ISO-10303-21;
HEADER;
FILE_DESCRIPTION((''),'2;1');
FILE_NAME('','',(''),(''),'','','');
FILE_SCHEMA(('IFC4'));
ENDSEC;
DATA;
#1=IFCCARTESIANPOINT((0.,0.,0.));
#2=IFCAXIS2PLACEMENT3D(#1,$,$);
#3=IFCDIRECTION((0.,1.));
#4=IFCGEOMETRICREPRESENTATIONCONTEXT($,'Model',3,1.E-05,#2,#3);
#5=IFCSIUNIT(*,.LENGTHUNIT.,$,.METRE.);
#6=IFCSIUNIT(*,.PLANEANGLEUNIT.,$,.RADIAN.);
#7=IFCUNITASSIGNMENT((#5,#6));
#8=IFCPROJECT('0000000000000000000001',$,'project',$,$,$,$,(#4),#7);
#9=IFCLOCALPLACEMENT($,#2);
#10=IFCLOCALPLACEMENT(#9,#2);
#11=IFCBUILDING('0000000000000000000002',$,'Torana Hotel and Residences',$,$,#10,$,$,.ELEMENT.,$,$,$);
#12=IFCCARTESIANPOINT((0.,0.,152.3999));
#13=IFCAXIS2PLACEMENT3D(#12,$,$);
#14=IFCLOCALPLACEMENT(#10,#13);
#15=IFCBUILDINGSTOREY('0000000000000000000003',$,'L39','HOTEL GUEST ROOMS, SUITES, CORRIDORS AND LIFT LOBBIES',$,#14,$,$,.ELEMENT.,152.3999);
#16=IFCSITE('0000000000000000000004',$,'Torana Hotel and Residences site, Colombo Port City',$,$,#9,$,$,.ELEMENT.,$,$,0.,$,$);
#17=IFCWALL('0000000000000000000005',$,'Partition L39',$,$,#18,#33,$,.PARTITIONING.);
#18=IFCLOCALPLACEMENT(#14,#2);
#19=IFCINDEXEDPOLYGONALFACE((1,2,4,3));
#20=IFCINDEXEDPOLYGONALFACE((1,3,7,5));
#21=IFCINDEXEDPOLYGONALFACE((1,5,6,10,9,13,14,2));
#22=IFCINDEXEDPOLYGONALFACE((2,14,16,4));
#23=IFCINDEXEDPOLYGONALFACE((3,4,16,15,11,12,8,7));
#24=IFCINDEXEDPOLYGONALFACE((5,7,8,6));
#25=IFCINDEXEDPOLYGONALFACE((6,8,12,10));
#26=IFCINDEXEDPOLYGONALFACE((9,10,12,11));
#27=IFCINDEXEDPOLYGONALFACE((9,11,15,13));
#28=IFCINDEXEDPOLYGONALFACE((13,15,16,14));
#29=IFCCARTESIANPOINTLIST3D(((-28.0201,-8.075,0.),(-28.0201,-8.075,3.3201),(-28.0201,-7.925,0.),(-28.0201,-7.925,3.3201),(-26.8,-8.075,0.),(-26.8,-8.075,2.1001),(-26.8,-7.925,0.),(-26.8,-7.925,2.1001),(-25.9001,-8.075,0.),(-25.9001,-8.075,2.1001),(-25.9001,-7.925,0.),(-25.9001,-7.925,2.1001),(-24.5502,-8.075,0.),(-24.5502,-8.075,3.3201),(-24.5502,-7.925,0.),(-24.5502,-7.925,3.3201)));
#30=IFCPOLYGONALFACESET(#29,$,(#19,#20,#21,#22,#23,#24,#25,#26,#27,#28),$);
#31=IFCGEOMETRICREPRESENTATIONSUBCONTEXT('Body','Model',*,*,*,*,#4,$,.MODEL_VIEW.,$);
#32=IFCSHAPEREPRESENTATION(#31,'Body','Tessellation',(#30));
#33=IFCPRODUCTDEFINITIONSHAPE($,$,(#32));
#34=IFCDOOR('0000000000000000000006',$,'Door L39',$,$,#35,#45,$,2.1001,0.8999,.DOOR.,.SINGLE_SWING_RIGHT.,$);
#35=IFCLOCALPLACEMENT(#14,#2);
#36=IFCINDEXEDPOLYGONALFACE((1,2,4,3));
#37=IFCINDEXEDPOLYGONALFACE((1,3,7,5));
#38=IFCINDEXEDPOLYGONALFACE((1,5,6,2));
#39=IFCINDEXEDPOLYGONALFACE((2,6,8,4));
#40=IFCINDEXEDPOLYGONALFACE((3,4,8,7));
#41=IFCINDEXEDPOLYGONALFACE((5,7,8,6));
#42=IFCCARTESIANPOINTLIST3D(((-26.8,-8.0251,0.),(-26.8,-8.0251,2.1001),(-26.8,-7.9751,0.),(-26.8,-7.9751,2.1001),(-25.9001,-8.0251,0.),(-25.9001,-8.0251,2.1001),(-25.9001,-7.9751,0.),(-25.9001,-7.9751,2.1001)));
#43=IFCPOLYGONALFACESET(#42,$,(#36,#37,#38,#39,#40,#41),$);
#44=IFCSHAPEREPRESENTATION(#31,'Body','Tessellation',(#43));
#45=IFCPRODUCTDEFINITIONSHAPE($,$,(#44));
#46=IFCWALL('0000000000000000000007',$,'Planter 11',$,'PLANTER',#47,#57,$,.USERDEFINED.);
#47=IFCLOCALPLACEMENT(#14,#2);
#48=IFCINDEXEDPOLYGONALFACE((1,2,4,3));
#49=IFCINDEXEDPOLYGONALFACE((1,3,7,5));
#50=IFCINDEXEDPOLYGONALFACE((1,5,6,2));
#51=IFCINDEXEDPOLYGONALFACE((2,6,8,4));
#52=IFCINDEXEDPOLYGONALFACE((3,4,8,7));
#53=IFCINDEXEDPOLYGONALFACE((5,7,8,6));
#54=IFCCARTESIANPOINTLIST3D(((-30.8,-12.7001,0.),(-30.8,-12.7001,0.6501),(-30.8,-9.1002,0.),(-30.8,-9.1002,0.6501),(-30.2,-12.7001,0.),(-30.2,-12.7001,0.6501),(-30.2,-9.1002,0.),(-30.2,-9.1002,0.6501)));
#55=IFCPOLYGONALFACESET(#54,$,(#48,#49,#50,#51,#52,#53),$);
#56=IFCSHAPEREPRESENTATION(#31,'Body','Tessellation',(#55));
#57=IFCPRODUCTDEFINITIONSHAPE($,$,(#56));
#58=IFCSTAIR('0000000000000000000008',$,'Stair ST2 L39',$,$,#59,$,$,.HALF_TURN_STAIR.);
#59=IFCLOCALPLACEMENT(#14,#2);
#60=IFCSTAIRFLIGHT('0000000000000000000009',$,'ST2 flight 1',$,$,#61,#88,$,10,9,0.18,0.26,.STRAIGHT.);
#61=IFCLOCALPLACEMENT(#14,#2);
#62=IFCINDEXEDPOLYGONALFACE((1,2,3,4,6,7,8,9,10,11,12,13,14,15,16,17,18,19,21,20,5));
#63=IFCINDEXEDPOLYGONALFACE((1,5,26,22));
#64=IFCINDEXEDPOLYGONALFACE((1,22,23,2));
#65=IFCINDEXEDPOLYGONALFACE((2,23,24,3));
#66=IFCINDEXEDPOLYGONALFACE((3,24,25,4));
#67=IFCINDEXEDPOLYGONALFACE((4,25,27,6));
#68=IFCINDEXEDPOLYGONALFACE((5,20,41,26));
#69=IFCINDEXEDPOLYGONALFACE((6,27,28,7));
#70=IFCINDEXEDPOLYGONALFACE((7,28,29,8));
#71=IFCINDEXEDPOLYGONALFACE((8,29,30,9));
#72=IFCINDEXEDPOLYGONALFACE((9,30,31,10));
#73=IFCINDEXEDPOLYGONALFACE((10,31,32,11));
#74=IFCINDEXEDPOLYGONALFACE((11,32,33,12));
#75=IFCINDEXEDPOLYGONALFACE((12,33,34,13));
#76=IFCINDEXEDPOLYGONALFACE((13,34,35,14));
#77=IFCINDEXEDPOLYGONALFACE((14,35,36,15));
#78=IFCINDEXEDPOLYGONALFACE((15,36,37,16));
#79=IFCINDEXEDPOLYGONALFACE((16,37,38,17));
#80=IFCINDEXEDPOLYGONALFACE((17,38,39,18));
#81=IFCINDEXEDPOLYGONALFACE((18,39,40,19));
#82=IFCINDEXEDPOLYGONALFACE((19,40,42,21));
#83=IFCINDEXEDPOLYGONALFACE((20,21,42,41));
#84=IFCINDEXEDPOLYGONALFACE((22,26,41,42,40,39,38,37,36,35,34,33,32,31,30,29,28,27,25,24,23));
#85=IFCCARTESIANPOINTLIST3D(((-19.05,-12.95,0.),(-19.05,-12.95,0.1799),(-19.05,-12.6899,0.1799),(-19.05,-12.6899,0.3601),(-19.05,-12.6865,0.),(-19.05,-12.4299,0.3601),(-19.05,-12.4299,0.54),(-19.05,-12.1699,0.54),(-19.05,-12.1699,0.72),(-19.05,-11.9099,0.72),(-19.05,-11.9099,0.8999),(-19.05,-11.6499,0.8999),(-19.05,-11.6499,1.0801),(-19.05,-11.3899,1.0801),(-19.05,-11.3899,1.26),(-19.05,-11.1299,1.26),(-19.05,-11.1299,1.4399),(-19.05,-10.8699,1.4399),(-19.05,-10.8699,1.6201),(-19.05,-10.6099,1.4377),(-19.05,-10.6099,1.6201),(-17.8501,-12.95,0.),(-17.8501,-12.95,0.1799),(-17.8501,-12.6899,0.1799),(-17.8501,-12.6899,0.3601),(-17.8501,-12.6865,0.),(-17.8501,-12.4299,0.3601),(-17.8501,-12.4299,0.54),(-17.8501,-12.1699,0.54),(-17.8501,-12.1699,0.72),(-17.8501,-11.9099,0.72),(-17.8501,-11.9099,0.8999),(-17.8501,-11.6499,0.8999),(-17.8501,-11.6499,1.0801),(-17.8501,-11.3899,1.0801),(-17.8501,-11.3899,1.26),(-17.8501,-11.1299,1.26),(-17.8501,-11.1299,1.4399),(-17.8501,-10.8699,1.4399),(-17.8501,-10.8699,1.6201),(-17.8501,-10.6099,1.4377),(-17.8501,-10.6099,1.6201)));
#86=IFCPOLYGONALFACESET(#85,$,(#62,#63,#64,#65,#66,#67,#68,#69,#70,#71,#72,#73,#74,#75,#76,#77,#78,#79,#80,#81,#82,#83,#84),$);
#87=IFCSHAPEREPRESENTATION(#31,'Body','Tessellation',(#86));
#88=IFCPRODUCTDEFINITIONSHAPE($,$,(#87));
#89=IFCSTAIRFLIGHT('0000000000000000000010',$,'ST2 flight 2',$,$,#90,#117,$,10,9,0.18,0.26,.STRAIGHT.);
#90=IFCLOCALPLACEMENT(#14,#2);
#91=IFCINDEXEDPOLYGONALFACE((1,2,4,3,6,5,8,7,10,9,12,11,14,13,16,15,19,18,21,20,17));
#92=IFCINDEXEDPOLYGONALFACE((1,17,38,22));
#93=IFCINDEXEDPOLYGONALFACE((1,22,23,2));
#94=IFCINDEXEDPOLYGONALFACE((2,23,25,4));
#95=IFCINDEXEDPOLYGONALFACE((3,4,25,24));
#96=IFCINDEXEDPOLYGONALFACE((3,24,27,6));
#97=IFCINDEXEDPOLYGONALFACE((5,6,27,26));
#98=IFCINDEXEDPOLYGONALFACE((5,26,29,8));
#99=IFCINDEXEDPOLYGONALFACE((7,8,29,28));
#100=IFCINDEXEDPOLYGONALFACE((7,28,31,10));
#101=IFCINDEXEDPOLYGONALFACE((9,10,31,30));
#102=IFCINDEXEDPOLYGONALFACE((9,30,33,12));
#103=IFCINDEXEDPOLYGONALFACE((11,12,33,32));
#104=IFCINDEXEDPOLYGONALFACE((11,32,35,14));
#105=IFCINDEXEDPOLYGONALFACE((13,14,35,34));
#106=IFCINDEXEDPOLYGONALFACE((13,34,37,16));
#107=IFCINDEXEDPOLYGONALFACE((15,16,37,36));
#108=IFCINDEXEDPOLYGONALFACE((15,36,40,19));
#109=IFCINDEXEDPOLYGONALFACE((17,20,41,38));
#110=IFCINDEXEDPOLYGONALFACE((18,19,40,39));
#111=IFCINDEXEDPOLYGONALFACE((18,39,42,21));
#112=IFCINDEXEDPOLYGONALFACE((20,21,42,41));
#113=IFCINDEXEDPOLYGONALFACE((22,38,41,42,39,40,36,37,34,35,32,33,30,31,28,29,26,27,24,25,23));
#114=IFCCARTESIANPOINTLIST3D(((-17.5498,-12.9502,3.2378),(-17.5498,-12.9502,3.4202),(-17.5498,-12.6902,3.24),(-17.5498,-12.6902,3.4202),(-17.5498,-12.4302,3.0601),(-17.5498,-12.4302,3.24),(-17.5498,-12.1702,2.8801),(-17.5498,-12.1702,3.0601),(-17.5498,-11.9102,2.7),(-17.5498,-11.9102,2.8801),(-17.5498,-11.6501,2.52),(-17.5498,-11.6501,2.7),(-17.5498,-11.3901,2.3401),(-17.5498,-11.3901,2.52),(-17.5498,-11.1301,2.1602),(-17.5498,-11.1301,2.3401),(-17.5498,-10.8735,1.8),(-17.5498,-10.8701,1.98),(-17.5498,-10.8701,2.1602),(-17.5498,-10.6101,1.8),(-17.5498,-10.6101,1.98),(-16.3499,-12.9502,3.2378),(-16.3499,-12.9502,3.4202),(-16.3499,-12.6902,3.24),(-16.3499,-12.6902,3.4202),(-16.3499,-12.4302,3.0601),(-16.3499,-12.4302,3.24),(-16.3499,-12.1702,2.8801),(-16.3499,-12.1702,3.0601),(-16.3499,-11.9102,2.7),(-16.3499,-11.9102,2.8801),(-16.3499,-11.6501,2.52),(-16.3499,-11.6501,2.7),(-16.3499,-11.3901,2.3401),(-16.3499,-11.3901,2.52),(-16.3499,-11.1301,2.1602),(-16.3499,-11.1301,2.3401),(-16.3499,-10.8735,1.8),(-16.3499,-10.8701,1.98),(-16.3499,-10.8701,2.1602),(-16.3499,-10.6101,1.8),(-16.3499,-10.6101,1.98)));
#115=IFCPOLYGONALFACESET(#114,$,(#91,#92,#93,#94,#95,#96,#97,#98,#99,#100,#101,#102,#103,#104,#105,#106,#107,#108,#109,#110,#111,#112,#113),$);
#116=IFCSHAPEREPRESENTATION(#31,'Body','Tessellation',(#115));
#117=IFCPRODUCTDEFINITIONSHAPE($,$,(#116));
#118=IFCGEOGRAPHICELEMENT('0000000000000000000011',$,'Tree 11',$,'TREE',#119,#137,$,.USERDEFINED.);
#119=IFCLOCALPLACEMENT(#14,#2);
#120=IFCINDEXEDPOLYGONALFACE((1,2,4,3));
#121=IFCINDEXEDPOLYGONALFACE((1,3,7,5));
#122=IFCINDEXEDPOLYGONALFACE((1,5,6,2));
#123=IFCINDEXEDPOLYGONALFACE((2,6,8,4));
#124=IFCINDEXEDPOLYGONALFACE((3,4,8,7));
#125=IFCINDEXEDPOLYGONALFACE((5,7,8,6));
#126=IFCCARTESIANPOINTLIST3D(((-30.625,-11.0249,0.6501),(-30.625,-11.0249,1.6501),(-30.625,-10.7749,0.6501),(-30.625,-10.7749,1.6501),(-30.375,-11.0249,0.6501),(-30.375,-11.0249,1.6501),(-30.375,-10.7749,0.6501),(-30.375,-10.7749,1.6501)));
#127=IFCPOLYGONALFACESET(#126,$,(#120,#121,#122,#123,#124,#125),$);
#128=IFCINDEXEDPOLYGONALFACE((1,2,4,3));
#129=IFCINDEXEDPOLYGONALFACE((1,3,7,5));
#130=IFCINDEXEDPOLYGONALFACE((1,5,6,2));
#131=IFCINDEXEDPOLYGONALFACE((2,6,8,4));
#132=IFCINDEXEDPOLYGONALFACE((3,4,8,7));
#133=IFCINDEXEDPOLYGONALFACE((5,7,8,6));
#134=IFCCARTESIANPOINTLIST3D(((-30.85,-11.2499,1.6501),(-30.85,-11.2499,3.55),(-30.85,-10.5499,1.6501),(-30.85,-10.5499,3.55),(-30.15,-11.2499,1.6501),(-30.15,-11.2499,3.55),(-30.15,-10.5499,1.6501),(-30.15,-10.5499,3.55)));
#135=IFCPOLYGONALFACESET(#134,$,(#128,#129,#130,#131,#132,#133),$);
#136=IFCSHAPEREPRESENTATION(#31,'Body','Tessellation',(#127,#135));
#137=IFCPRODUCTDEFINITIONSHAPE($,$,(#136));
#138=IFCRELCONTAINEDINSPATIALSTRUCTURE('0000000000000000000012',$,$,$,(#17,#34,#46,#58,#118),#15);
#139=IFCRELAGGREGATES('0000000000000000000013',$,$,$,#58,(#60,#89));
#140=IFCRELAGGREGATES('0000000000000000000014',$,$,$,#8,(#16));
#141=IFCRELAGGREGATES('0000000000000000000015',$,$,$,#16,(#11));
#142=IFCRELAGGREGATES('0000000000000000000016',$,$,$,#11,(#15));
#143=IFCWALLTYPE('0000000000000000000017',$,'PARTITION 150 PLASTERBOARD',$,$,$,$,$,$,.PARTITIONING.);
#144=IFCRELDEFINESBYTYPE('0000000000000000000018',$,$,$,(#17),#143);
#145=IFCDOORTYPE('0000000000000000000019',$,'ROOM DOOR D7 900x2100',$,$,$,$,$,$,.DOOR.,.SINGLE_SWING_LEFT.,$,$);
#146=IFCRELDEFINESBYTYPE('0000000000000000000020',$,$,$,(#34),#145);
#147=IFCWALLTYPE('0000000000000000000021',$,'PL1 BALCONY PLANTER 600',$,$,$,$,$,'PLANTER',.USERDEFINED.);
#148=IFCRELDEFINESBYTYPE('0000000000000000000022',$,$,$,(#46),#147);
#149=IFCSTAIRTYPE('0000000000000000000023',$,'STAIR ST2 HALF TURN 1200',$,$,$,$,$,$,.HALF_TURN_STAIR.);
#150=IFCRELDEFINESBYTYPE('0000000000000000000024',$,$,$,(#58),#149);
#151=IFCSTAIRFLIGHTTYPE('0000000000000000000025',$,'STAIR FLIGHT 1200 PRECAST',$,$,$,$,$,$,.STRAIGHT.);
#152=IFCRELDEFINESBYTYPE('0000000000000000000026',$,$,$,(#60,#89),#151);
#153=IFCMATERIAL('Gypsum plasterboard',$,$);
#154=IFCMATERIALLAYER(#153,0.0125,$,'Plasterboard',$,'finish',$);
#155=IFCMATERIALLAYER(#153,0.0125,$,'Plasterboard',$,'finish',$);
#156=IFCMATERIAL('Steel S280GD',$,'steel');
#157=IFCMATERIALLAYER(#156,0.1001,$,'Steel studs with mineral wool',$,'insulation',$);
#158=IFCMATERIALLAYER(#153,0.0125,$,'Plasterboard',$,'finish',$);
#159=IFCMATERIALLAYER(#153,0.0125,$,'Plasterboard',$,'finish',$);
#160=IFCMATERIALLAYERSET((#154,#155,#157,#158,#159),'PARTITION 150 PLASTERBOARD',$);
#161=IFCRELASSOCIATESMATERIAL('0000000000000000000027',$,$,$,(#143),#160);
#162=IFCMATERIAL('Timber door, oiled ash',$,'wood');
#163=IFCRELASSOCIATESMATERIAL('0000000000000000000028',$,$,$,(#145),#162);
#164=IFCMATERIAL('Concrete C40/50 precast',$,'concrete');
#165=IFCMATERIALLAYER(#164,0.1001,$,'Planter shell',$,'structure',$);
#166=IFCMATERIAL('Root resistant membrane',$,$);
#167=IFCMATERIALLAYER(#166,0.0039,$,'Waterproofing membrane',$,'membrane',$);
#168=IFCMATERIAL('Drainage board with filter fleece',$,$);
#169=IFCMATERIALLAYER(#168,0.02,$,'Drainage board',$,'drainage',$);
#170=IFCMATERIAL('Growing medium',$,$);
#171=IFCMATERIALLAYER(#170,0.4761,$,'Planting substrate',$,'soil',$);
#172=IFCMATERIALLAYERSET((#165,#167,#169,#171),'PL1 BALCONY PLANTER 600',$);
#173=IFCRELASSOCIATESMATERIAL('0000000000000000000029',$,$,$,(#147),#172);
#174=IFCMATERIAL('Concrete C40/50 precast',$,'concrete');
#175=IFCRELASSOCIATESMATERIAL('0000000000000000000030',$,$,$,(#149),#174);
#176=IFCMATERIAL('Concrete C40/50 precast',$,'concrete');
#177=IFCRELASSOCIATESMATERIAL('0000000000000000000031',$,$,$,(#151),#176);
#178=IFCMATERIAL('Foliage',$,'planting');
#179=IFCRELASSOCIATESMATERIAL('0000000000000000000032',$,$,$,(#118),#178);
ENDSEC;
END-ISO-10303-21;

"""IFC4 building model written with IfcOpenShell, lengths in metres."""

from ifc_helpers import new_model, si_unit, direction, frame, frame_2d, origin, origin_2d, place, context, subcontext, project, spatial, polyline, rectangle, outline, extrude, material, layer, layer_set, type_object, element, fill, aggregate, save


model = new_model("IFC4")

# Units and contexts
model_context = context("Model", 3, precision=1e-05, world=origin(), true_north=direction((0.0, 1.0)))
body_context = subcontext(model_context, "Body", "Model", "MODEL_VIEW")
ifc_project = project(units=[si_unit("LENGTHUNIT", "METRE"), si_unit("PLANEANGLEUNIT", "RADIAN")], contexts=[model_context])

# Site, building, storey
site_placement = place(None, origin())
site = spatial("IfcSite", under=ifc_project, at=site_placement, Name="Torana Hotel and Residences site, Colombo Port City", CompositionType="ELEMENT", RefElevation=0.0)
building_placement = place(site_placement, origin())
building = spatial("IfcBuilding", under=site, at=building_placement, Name="Torana Hotel and Residences", CompositionType="ELEMENT")
storey_placement = place(building_placement, frame((0.0, 0.0, 152.3999)))
storey = spatial("IfcBuildingStorey", under=building, at=storey_placement, Name="L39", Description="HOTEL GUEST ROOMS, SUITES, CORRIDORS AND LIFT LOBBIES", CompositionType="ELEMENT", Elevation=152.3999)

# Wall, opening, door
ifc_material_1 = material(Name="Gypsum plasterboard")
ifc_layer_1 = layer(ifc_material_1, 0.0125, Name="Plasterboard", Category="finish")
ifc_layer_2 = layer(ifc_material_1, 0.0125, Name="Plasterboard", Category="finish")
ifc_material_2 = material(Name="Steel S280GD", Category="steel")
ifc_layer_3 = layer(ifc_material_2, 0.1001, Name="Steel studs with mineral wool", Category="insulation")
ifc_layer_4 = layer(ifc_material_1, 0.0125, Name="Plasterboard", Category="finish")
ifc_layer_5 = layer(ifc_material_1, 0.0125, Name="Plasterboard", Category="finish")
ifc_layer_set_1 = layer_set([ifc_layer_1, ifc_layer_2, ifc_layer_3, ifc_layer_4, ifc_layer_5], Name="PARTITION 150 PLASTERBOARD")
wall_type_1 = type_object("IfcWallType", Name="PARTITION 150 PLASTERBOARD", PredefinedType="PARTITIONING", material=ifc_layer_set_1)
wall_1_placement = place(storey_placement, frame((-28.02, -8.0, 0.0), z_axis=(0.0, 0.0, 1.0), x_axis=(1.0, 0.0, 0.0)))
wall_1 = element("IfcWall", 1, at=wall_1_placement, inside=storey, type_object=wall_type_1, Name="Partition L39", PredefinedType="PARTITIONING", context=body_context, shape_type="SweptSolid", body=[
    extrude(rectangle(XDim=3.47, YDim=0.1499, at=frame_2d((1.7349, 0.0))), origin(), (0.0, 0.0, 1.0), 3.3201),
])
opening_1_placement = place(wall_1_placement, frame((1.22, 0.0, 0.0)))
opening_1 = element("IfcOpeningElement", 2, at=opening_1_placement, cuts=wall_1, PredefinedType="OPENING", context=body_context, shape_type="SweptSolid", body=[
    extrude(rectangle(XDim=0.8999, YDim=2.1001, at=frame_2d((0.45, 1.05))), frame((0.0, 0.085, 0.0), z_axis=(0.0, -1.0, 0.0), x_axis=(1.0, 0.0, 0.0)), (0.0, 0.0, 1.0), 0.1699),
])
ifc_material_3 = material(Name="Timber door, oiled ash", Category="wood")
door_type_1 = type_object("IfcDoorType", Name="ROOM DOOR D7 900x2100", OperationType="SINGLE_SWING_LEFT", PredefinedType="DOOR", material=ifc_material_3)
door_1_placement = place(opening_1_placement, origin())
door_1 = element("IfcDoor", 3, at=door_1_placement, inside=storey, type_object=door_type_1, Name="Door L39", OperationType="SINGLE_SWING_RIGHT", OverallHeight=2.1001, OverallWidth=0.8999, PredefinedType="DOOR", context=body_context, shape_type="SweptSolid", body=[
    extrude(rectangle(XDim=0.8999, YDim=2.1001, at=frame_2d((0.45, 1.05))), frame((0.0, 0.0249, 0.0), z_axis=(0.0, -1.0, 0.0), x_axis=(1.0, 0.0, 0.0)), (0.0, 0.0, 1.0), 0.05),
])
fill(opening_1, door_1)

# Wall
ifc_material_4 = material(Name="Concrete C40/50 precast", Category="concrete")
ifc_layer_6 = layer(ifc_material_4, 0.1001, Name="Planter shell", Category="structure")
ifc_material_5 = material(Name="Root resistant membrane")
ifc_layer_7 = layer(ifc_material_5, 0.0039, Name="Waterproofing membrane", Category="membrane")
ifc_material_6 = material(Name="Drainage board with filter fleece")
ifc_layer_8 = layer(ifc_material_6, 0.02, Name="Drainage board", Category="drainage")
ifc_material_7 = material(Name="Growing medium")
ifc_layer_9 = layer(ifc_material_7, 0.4761, Name="Planting substrate", Category="soil")
ifc_layer_set_2 = layer_set([ifc_layer_6, ifc_layer_7, ifc_layer_8, ifc_layer_9], Name="PL1 BALCONY PLANTER 600")
wall_type_2 = type_object("IfcWallType", Name="PL1 BALCONY PLANTER 600", ElementType="PLANTER", PredefinedType="USERDEFINED", material=ifc_layer_set_2)
wall_2_placement = place(storey_placement, frame((-30.5, -12.7, 0.0), z_axis=(0.0, 0.0, 1.0), x_axis=(0.0, 1.0, 0.0)))
element("IfcWall", 4, at=wall_2_placement, inside=storey, type_object=wall_type_2, Name="Planter 11", ObjectType="PLANTER", PredefinedType="USERDEFINED", context=body_context, shape_type="SweptSolid", body=[
    extrude(rectangle(XDim=3.5999, YDim=0.6001, at=frame_2d((1.7998, 0.0))), origin(), (0.0, 0.0, 1.0), 0.6501),
])

# Stair, stair flights
ifc_material_8 = material(Name="Concrete C40/50 precast", Category="concrete")
stair_type = type_object("IfcStairType", Name="STAIR ST2 HALF TURN 1200", PredefinedType="HALF_TURN_STAIR", material=ifc_material_8)
stair_placement = place(storey_placement, origin())
stair = element("IfcStair", 5, at=stair_placement, inside=storey, type_object=stair_type, Name="Stair ST2 L39", PredefinedType="HALF_TURN_STAIR")
ifc_material_9 = material(Name="Concrete C40/50 precast", Category="concrete")
stair_flight_type = type_object("IfcStairFlightType", Name="STAIR FLIGHT 1200 PRECAST", PredefinedType="STRAIGHT", material=ifc_material_9)
stair_flight_1_placement = place(storey_placement, frame((-18.45, -12.95, 0.0), z_axis=(0.0, 0.0, 1.0), x_axis=(0.0, 1.0, 0.0)))
stair_flight_1 = element("IfcStairFlight", 6, at=stair_flight_1_placement, type_object=stair_flight_type, Name="ST2 flight 1", NumberOfRisers=10, NumberOfTreads=9, PredefinedType="STRAIGHT", RiserHeight=0.18, TreadLength=0.26, context=body_context, shape_type="SweptSolid", body=[
    extrude(outline(polyline([(0.0, 0.0), (0.0, 0.1799), (0.26, 0.1799), (0.26, 0.3601), (0.52, 0.3601), (0.52, 0.54), (0.78, 0.54), (0.78, 0.72), (1.04, 0.72), (1.04, 0.8999), (1.3, 0.8999), (1.3, 1.0801), (1.5601, 1.0801), (1.5601, 1.26), (1.8201, 1.26), (1.8201, 1.4399), (2.0801, 1.4399), (2.0801, 1.6201), (2.3401, 1.6201), (2.3401, 1.8), (2.3401, 1.4377), (0.2634, 0.0), (0.0, 0.0)])), frame((0.0, 0.6001, 0.0), z_axis=(0.0, -1.0, 0.0), x_axis=(1.0, 0.0, 0.0)), (0.0, 0.0, 1.0), 1.2),
])
stair_flight_2_placement = place(storey_placement, frame((-16.95, -10.6101, 1.8), z_axis=(0.0, 0.0, 1.0), x_axis=(0.0, -1.0, 0.0)))
stair_flight_2 = element("IfcStairFlight", 7, at=stair_flight_2_placement, type_object=stair_flight_type, Name="ST2 flight 2", NumberOfRisers=10, NumberOfTreads=9, PredefinedType="STRAIGHT", RiserHeight=0.18, TreadLength=0.26, context=body_context, shape_type="SweptSolid", body=[
    extrude(outline(polyline([(0.0, 0.0), (0.0, 0.1799), (0.26, 0.1799), (0.26, 0.3601), (0.52, 0.3601), (0.52, 0.54), (0.78, 0.54), (0.78, 0.72), (1.04, 0.72), (1.04, 0.8999), (1.3, 0.8999), (1.3, 1.0801), (1.5601, 1.0801), (1.5601, 1.26), (1.8201, 1.26), (1.8201, 1.4399), (2.0801, 1.4399), (2.0801, 1.6201), (2.3401, 1.6201), (2.3401, 1.8), (2.3401, 1.4377), (0.2634, 0.0), (0.0, 0.0)])), frame((0.0, 0.6001, 0.0), z_axis=(0.0, -1.0, 0.0), x_axis=(1.0, 0.0, 0.0)), (0.0, 0.0, 1.0), 1.2),
])
aggregate(stair, [stair_flight_1, stair_flight_2])

# Geographic element
ifc_material_10 = material(Name="Foliage", Category="planting")
geographic_element_placement = place(storey_placement, frame((-30.5, -10.8999, 0.6501), z_axis=(0.0, 0.0, 1.0), x_axis=(1.0, 0.0, 0.0)))
element("IfcGeographicElement", 8, at=geographic_element_placement, inside=storey, material=ifc_material_10, Name="Tree 11", ObjectType="TREE", PredefinedType="USERDEFINED", context=body_context, shape_type="SweptSolid", body=[
    extrude(rectangle(XDim=0.25, YDim=0.25, at=origin_2d()), origin(), (0.0, 0.0, 1.0), 1.0),
    extrude(rectangle(XDim=0.7, YDim=0.7, at=origin_2d()), frame((0.0, 0.0, 1.0)), (0.0, 0.0, 1.0), 1.8999),
])

save(model, "model.ifc")
